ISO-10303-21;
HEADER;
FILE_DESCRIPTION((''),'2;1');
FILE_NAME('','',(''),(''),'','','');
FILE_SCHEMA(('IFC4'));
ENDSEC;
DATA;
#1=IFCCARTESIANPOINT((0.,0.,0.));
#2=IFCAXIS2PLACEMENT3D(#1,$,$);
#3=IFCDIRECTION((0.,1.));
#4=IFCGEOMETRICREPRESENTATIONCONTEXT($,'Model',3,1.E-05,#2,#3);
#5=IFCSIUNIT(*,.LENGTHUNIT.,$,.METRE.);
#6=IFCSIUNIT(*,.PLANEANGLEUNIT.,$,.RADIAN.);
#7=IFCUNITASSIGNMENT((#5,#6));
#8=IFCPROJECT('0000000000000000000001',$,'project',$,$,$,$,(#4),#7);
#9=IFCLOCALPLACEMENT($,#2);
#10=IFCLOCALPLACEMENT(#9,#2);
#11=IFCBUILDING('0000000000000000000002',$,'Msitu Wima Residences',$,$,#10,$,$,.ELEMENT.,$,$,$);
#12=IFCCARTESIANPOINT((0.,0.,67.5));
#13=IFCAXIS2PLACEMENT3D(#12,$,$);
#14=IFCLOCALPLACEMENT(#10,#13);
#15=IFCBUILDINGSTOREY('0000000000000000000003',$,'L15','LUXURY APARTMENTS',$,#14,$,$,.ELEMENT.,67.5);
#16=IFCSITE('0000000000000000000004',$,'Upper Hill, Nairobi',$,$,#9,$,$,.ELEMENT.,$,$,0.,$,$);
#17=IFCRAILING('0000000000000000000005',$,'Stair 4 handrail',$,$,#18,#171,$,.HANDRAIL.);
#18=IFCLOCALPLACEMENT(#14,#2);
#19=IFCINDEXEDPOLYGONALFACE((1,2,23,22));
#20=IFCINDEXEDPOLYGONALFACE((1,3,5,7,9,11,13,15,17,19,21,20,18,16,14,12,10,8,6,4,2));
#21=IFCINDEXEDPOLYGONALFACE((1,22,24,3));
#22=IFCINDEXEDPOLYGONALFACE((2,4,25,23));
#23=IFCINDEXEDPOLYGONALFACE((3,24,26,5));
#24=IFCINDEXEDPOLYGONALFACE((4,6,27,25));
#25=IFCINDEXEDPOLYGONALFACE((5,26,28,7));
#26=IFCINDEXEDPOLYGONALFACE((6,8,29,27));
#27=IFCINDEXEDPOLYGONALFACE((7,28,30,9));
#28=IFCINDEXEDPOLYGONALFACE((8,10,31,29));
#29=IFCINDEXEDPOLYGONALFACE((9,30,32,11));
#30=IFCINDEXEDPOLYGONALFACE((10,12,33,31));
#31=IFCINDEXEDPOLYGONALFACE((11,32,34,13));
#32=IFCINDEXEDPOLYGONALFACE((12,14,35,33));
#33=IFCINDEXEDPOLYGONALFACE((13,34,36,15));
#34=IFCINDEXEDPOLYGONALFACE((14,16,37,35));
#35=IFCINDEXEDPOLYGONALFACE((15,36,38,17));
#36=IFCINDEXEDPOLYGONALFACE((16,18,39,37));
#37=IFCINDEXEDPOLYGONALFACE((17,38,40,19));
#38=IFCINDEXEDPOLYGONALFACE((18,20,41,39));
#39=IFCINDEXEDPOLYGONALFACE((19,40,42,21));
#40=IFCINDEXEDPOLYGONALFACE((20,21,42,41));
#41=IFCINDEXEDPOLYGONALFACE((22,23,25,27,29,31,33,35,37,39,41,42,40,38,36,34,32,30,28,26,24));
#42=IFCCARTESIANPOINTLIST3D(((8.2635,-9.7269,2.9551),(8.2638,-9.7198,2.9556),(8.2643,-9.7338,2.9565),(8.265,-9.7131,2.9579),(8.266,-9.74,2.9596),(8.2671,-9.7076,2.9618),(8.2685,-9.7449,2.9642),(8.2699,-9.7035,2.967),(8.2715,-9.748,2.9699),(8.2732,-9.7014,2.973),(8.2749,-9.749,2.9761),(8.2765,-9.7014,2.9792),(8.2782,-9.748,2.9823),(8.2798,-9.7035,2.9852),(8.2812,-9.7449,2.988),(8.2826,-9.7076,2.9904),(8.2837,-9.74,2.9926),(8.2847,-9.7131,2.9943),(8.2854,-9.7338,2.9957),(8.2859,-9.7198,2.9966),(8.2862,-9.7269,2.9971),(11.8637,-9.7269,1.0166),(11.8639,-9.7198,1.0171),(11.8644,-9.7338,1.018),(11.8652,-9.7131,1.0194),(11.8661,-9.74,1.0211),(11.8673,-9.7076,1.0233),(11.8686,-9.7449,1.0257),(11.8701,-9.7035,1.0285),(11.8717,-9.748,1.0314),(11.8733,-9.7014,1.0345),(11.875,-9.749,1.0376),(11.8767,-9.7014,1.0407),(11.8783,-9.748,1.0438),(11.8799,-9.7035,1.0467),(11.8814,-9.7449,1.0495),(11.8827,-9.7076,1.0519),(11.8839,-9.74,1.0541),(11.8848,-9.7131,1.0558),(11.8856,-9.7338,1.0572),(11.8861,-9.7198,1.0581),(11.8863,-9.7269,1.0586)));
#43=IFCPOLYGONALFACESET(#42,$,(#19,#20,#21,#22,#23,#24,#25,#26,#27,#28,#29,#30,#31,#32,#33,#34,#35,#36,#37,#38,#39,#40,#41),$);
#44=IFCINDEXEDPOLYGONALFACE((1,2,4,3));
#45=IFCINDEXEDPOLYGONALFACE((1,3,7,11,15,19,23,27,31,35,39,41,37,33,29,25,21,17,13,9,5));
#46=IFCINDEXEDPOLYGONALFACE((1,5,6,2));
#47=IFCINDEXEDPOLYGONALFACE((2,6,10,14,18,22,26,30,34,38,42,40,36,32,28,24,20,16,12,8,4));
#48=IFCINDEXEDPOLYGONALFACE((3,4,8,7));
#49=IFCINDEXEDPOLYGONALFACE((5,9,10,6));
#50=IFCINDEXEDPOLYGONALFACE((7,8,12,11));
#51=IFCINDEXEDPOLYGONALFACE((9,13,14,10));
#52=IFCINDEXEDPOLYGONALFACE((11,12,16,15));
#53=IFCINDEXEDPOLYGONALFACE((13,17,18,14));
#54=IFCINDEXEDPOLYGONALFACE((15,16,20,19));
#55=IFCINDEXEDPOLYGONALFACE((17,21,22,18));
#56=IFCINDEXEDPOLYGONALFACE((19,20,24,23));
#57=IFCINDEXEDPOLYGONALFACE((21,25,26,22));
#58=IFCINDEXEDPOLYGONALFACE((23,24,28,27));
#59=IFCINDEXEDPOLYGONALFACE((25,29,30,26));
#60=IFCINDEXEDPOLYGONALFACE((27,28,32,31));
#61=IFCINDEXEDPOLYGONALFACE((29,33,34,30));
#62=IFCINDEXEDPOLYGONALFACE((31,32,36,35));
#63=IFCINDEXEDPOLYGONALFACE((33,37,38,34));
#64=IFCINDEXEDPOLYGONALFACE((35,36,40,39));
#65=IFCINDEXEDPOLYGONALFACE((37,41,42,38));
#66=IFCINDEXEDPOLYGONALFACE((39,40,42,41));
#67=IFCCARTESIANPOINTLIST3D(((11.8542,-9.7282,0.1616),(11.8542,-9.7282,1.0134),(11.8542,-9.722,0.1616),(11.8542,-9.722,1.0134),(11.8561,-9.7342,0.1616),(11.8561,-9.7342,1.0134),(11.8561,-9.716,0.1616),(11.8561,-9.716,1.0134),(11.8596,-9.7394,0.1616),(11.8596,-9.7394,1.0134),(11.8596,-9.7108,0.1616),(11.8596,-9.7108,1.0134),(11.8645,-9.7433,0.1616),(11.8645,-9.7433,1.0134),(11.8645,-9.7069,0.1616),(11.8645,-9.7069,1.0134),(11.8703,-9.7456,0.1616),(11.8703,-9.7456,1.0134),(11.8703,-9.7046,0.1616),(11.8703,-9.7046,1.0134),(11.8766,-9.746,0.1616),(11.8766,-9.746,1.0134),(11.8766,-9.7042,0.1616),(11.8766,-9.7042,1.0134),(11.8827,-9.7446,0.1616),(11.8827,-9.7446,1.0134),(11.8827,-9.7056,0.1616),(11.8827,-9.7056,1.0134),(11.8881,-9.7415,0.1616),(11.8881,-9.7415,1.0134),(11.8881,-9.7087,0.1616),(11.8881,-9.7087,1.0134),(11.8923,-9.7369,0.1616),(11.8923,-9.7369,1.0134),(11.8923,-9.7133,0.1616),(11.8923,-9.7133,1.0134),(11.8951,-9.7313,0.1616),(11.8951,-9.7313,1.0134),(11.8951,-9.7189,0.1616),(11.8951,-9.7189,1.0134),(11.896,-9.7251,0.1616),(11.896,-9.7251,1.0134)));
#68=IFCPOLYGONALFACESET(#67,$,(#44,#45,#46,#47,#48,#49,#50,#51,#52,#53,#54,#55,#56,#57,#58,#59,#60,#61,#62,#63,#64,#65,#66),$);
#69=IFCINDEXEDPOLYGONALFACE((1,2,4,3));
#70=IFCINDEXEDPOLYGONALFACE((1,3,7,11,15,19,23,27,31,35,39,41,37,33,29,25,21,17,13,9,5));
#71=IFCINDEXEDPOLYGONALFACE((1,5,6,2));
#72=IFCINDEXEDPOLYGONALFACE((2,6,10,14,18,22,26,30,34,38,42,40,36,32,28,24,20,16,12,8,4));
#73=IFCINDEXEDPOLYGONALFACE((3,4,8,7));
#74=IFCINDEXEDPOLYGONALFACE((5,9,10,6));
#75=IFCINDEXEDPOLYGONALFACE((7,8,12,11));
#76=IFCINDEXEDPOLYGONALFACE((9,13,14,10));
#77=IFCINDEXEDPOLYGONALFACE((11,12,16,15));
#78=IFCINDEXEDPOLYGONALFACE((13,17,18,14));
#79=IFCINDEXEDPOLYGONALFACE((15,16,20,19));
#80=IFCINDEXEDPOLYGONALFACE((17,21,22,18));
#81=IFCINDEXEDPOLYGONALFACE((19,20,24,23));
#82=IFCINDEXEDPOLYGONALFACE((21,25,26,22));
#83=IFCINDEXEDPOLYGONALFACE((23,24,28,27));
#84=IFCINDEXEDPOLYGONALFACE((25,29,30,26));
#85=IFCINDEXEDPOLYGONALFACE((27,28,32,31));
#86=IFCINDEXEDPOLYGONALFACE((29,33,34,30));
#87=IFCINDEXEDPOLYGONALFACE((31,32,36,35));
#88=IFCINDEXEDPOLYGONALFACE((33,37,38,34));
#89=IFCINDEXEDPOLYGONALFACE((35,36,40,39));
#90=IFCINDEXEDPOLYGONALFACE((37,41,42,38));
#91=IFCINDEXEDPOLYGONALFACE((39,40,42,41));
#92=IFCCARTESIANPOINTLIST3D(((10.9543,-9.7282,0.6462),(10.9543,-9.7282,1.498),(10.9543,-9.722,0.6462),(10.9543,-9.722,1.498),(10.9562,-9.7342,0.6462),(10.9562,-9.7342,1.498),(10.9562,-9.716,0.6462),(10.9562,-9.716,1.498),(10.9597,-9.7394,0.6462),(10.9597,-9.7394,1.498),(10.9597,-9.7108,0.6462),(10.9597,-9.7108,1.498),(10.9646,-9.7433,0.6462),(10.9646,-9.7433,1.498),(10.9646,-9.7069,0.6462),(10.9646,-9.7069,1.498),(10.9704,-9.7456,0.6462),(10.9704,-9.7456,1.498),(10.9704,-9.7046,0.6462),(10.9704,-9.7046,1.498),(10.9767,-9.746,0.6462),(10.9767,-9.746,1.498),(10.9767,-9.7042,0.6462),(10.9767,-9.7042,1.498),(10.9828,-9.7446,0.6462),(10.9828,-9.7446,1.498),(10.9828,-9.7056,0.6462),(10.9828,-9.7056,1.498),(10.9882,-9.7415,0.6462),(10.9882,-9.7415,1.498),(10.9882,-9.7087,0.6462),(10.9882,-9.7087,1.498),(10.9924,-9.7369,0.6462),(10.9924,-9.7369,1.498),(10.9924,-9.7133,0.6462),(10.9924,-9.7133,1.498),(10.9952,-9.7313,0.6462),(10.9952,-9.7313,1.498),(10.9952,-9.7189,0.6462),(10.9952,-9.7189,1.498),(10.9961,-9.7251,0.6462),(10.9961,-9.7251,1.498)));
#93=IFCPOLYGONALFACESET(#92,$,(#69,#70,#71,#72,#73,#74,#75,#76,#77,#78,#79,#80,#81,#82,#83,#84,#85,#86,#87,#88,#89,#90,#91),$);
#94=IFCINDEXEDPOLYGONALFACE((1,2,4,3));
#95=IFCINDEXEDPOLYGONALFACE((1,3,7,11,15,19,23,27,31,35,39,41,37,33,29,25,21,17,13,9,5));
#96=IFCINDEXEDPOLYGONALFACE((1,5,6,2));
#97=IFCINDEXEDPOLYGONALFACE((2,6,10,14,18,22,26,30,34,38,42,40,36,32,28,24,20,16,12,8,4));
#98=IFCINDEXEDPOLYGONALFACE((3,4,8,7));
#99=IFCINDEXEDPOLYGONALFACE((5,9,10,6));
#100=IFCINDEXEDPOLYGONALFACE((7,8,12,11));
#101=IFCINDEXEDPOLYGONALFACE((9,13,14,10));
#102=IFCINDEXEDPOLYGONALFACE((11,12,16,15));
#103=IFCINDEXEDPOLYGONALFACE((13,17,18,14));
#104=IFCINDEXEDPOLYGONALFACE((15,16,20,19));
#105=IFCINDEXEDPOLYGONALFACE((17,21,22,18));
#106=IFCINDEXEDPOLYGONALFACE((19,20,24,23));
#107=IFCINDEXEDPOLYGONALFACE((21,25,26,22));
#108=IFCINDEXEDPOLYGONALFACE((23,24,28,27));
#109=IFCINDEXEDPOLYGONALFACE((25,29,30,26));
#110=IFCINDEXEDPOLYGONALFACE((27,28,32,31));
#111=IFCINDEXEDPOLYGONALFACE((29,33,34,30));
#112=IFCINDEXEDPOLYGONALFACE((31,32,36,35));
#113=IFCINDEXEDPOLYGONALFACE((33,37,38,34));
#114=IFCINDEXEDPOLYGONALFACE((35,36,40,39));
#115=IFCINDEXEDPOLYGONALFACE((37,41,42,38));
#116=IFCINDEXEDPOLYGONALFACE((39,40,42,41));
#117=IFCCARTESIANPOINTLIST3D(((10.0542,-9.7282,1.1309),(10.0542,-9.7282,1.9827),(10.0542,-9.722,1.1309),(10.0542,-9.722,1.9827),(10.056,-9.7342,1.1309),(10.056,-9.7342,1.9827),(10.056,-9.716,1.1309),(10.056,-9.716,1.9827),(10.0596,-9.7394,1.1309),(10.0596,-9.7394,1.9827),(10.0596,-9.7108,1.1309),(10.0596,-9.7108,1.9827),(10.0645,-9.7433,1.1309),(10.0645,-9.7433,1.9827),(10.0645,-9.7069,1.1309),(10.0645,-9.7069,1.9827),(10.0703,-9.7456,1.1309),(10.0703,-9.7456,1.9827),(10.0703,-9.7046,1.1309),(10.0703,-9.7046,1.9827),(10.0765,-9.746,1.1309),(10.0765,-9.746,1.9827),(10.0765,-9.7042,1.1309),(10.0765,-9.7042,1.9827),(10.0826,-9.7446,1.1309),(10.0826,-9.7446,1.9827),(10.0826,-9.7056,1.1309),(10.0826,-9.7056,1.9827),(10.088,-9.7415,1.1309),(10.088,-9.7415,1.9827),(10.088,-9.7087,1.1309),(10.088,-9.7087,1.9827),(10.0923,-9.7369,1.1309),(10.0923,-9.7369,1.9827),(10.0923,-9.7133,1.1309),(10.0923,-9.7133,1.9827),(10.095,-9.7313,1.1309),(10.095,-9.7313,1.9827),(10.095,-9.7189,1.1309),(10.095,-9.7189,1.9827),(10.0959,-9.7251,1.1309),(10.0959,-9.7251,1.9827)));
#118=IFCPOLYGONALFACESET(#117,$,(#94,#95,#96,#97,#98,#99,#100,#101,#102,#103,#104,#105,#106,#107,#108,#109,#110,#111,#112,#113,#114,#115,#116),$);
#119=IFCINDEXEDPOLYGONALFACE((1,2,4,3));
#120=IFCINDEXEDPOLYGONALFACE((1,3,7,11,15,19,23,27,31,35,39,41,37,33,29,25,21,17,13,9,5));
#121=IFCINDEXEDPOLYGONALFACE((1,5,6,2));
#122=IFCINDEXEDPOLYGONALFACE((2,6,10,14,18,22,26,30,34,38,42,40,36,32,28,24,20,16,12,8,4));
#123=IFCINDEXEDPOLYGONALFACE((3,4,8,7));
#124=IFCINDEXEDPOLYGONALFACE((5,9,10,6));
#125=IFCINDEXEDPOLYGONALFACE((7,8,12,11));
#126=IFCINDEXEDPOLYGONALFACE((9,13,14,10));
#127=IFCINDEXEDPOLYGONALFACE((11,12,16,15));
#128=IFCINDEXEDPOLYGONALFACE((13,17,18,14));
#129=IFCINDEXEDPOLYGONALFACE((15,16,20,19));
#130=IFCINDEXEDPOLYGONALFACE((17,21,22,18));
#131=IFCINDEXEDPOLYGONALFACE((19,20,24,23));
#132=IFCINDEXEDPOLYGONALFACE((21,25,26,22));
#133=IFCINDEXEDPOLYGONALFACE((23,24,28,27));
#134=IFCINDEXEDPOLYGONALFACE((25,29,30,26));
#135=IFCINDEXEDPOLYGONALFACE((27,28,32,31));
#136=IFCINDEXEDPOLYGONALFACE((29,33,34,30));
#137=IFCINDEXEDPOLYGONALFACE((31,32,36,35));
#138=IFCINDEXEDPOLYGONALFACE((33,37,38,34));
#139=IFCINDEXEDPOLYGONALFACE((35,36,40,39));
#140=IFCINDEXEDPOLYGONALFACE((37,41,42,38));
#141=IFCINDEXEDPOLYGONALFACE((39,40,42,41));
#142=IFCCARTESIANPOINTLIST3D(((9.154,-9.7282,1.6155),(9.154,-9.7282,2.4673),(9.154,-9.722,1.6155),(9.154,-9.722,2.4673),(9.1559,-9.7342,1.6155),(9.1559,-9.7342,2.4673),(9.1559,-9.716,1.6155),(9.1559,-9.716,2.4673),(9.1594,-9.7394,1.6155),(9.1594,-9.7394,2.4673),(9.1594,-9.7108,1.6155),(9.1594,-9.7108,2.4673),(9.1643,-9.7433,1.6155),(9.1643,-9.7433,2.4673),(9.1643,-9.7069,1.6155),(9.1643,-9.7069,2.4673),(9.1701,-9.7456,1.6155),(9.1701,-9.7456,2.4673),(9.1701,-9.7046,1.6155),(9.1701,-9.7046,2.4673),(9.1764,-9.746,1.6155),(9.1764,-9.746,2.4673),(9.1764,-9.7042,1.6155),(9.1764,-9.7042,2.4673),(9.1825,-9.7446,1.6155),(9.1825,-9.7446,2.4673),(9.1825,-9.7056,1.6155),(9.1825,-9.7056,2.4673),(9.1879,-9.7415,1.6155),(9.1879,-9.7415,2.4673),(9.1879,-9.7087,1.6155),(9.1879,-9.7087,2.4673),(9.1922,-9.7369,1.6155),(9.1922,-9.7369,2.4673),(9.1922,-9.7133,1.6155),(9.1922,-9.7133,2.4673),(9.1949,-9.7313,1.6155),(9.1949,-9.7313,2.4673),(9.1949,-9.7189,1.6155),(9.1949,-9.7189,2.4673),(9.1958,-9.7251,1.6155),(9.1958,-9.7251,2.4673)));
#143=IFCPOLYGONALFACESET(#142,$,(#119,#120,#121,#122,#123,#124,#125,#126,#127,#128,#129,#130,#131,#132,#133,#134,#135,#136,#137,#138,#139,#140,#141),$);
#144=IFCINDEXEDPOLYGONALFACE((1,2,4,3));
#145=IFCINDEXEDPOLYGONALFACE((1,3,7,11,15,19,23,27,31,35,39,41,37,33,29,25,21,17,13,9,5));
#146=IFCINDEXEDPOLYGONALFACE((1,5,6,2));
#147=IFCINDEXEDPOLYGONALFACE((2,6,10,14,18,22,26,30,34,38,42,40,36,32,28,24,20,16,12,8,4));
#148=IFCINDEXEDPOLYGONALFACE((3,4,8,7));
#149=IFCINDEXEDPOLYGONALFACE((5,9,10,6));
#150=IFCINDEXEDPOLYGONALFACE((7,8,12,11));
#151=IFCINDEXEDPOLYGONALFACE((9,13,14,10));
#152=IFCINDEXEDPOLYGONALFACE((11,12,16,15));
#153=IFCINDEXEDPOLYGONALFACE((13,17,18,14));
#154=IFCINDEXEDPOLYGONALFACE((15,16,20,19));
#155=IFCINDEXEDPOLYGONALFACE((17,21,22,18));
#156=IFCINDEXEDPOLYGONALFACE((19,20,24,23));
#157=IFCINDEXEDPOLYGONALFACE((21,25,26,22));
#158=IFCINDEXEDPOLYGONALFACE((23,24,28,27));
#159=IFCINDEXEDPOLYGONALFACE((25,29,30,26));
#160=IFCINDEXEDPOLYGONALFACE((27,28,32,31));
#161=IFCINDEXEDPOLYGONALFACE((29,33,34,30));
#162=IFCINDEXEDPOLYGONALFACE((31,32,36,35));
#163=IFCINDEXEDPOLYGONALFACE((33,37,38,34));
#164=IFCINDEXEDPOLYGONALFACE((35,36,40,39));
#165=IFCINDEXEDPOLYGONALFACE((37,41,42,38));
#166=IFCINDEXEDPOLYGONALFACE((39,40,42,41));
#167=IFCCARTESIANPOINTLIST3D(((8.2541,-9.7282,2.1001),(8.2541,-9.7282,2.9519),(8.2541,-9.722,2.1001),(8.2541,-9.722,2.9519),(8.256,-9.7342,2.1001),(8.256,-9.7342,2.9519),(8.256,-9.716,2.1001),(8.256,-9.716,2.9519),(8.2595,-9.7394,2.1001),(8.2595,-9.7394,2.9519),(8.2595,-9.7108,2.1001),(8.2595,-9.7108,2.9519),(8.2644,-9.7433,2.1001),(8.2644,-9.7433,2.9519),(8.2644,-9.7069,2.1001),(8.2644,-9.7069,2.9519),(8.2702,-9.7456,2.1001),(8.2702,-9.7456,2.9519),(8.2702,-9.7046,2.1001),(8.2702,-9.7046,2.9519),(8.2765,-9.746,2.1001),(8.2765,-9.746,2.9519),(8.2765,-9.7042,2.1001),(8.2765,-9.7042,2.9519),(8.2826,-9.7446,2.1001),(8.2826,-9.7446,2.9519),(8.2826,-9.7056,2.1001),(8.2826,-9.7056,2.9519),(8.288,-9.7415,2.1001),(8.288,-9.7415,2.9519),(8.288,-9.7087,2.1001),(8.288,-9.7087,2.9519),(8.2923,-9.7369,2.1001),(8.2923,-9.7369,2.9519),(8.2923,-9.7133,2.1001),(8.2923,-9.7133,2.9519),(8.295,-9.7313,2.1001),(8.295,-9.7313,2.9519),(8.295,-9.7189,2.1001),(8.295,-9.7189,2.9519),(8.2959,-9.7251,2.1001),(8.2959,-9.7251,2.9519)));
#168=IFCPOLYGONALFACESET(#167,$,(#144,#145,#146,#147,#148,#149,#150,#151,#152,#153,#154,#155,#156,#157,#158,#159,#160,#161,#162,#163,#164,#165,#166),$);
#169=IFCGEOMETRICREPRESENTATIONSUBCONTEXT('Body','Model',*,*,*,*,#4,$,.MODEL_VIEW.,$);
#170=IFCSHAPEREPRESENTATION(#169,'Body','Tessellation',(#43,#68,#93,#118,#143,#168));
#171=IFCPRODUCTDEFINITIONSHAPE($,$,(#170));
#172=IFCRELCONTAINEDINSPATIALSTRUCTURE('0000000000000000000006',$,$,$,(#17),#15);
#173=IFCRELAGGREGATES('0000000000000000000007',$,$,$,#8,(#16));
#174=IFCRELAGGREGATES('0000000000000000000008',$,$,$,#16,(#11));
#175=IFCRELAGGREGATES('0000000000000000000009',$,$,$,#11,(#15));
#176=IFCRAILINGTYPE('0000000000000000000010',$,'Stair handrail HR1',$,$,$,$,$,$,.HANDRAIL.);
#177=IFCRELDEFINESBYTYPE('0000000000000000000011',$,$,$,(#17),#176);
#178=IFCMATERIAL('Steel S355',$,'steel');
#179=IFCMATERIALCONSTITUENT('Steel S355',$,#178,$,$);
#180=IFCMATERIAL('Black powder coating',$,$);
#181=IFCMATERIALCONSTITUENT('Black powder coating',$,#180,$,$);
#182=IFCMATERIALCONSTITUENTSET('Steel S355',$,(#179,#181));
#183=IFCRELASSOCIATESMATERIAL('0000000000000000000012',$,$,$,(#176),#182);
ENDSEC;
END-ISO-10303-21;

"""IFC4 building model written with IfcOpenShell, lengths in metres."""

from ifc_helpers import new_model, si_unit, direction, frame, origin, origin_2d, place, context, subcontext, project, spatial, circle, extrude, material, constituent, constituent_set, type_object, element, save


model = new_model("IFC4")

# Units and contexts
model_context = context("Model", 3, precision=1e-05, world=origin(), true_north=direction((0.0, 1.0)))
body_context = subcontext(model_context, "Body", "Model", "MODEL_VIEW")
ifc_project = project(units=[si_unit("LENGTHUNIT", "METRE"), si_unit("PLANEANGLEUNIT", "RADIAN")], contexts=[model_context])

# Site, building, storey
site_placement = place(None, origin())
site = spatial("IfcSite", under=ifc_project, at=site_placement, Name="Upper Hill, Nairobi", CompositionType="ELEMENT", RefElevation=0.0)
building_placement = place(site_placement, origin())
building = spatial("IfcBuilding", under=site, at=building_placement, Name="Msitu Wima Residences", CompositionType="ELEMENT")
storey_placement = place(building_placement, frame((0.0, 0.0, 67.5)))
storey = spatial("IfcBuildingStorey", under=building, at=storey_placement, Name="L15", Description="LUXURY APARTMENTS", CompositionType="ELEMENT", Elevation=67.5)

# Railing
ifc_material_1 = material(Name="Steel S355", Category="steel")
ifc_constituent_1 = constituent(ifc_material_1, Name="Steel S355")
ifc_material_2 = material(Name="Black powder coating")
ifc_constituent_2 = constituent(ifc_material_2, Name="Black powder coating")
ifc_constituent_set = constituent_set(constituents=[ifc_constituent_1, ifc_constituent_2], Name="Steel S355")
railing_type = type_object("IfcRailingType", Name="Stair handrail HR1", PredefinedType="HANDRAIL", material=ifc_constituent_set)
for number, where, name in (
    (1, (11.875, -9.7251, 0.1616), "Stair 4 handrail"),
):
    element("IfcRailing", number, at=place(storey_placement, frame(where)), inside=storey, type_object=railing_type, Name=name, PredefinedType="HANDRAIL", context=body_context, shape_type="SweptSolid", body=[
        extrude(circle(Radius=0.0239, at=origin_2d()), frame((0.0, 0.0, 0.876), z_axis=(-0.880475, 0.0, 0.474093), x_axis=(0.0, -1.0, 0.0)), (0.0, 0.0, 1.0), 4.0889),
        extrude(circle(Radius=0.021, at=origin_2d()), origin(), (0.0, 0.0, 1.0), 0.8518),
        extrude(circle(Radius=0.021, at=origin_2d()), frame((-0.8999, 0.0, 0.4846)), (0.0, 0.0, 1.0), 0.8518),
        extrude(circle(Radius=0.021, at=origin_2d()), frame((-1.8, 0.0, 0.9692)), (0.0, 0.0, 1.0), 0.8518),
        extrude(circle(Radius=0.021, at=origin_2d()), frame((-2.7002, 0.0, 1.4539)), (0.0, 0.0, 1.0), 0.8518),
        extrude(circle(Radius=0.021, at=origin_2d()), frame((-3.6001, 0.0, 1.9385)), (0.0, 0.0, 1.0), 0.8518),
    ])

save(model, "model.ifc")
